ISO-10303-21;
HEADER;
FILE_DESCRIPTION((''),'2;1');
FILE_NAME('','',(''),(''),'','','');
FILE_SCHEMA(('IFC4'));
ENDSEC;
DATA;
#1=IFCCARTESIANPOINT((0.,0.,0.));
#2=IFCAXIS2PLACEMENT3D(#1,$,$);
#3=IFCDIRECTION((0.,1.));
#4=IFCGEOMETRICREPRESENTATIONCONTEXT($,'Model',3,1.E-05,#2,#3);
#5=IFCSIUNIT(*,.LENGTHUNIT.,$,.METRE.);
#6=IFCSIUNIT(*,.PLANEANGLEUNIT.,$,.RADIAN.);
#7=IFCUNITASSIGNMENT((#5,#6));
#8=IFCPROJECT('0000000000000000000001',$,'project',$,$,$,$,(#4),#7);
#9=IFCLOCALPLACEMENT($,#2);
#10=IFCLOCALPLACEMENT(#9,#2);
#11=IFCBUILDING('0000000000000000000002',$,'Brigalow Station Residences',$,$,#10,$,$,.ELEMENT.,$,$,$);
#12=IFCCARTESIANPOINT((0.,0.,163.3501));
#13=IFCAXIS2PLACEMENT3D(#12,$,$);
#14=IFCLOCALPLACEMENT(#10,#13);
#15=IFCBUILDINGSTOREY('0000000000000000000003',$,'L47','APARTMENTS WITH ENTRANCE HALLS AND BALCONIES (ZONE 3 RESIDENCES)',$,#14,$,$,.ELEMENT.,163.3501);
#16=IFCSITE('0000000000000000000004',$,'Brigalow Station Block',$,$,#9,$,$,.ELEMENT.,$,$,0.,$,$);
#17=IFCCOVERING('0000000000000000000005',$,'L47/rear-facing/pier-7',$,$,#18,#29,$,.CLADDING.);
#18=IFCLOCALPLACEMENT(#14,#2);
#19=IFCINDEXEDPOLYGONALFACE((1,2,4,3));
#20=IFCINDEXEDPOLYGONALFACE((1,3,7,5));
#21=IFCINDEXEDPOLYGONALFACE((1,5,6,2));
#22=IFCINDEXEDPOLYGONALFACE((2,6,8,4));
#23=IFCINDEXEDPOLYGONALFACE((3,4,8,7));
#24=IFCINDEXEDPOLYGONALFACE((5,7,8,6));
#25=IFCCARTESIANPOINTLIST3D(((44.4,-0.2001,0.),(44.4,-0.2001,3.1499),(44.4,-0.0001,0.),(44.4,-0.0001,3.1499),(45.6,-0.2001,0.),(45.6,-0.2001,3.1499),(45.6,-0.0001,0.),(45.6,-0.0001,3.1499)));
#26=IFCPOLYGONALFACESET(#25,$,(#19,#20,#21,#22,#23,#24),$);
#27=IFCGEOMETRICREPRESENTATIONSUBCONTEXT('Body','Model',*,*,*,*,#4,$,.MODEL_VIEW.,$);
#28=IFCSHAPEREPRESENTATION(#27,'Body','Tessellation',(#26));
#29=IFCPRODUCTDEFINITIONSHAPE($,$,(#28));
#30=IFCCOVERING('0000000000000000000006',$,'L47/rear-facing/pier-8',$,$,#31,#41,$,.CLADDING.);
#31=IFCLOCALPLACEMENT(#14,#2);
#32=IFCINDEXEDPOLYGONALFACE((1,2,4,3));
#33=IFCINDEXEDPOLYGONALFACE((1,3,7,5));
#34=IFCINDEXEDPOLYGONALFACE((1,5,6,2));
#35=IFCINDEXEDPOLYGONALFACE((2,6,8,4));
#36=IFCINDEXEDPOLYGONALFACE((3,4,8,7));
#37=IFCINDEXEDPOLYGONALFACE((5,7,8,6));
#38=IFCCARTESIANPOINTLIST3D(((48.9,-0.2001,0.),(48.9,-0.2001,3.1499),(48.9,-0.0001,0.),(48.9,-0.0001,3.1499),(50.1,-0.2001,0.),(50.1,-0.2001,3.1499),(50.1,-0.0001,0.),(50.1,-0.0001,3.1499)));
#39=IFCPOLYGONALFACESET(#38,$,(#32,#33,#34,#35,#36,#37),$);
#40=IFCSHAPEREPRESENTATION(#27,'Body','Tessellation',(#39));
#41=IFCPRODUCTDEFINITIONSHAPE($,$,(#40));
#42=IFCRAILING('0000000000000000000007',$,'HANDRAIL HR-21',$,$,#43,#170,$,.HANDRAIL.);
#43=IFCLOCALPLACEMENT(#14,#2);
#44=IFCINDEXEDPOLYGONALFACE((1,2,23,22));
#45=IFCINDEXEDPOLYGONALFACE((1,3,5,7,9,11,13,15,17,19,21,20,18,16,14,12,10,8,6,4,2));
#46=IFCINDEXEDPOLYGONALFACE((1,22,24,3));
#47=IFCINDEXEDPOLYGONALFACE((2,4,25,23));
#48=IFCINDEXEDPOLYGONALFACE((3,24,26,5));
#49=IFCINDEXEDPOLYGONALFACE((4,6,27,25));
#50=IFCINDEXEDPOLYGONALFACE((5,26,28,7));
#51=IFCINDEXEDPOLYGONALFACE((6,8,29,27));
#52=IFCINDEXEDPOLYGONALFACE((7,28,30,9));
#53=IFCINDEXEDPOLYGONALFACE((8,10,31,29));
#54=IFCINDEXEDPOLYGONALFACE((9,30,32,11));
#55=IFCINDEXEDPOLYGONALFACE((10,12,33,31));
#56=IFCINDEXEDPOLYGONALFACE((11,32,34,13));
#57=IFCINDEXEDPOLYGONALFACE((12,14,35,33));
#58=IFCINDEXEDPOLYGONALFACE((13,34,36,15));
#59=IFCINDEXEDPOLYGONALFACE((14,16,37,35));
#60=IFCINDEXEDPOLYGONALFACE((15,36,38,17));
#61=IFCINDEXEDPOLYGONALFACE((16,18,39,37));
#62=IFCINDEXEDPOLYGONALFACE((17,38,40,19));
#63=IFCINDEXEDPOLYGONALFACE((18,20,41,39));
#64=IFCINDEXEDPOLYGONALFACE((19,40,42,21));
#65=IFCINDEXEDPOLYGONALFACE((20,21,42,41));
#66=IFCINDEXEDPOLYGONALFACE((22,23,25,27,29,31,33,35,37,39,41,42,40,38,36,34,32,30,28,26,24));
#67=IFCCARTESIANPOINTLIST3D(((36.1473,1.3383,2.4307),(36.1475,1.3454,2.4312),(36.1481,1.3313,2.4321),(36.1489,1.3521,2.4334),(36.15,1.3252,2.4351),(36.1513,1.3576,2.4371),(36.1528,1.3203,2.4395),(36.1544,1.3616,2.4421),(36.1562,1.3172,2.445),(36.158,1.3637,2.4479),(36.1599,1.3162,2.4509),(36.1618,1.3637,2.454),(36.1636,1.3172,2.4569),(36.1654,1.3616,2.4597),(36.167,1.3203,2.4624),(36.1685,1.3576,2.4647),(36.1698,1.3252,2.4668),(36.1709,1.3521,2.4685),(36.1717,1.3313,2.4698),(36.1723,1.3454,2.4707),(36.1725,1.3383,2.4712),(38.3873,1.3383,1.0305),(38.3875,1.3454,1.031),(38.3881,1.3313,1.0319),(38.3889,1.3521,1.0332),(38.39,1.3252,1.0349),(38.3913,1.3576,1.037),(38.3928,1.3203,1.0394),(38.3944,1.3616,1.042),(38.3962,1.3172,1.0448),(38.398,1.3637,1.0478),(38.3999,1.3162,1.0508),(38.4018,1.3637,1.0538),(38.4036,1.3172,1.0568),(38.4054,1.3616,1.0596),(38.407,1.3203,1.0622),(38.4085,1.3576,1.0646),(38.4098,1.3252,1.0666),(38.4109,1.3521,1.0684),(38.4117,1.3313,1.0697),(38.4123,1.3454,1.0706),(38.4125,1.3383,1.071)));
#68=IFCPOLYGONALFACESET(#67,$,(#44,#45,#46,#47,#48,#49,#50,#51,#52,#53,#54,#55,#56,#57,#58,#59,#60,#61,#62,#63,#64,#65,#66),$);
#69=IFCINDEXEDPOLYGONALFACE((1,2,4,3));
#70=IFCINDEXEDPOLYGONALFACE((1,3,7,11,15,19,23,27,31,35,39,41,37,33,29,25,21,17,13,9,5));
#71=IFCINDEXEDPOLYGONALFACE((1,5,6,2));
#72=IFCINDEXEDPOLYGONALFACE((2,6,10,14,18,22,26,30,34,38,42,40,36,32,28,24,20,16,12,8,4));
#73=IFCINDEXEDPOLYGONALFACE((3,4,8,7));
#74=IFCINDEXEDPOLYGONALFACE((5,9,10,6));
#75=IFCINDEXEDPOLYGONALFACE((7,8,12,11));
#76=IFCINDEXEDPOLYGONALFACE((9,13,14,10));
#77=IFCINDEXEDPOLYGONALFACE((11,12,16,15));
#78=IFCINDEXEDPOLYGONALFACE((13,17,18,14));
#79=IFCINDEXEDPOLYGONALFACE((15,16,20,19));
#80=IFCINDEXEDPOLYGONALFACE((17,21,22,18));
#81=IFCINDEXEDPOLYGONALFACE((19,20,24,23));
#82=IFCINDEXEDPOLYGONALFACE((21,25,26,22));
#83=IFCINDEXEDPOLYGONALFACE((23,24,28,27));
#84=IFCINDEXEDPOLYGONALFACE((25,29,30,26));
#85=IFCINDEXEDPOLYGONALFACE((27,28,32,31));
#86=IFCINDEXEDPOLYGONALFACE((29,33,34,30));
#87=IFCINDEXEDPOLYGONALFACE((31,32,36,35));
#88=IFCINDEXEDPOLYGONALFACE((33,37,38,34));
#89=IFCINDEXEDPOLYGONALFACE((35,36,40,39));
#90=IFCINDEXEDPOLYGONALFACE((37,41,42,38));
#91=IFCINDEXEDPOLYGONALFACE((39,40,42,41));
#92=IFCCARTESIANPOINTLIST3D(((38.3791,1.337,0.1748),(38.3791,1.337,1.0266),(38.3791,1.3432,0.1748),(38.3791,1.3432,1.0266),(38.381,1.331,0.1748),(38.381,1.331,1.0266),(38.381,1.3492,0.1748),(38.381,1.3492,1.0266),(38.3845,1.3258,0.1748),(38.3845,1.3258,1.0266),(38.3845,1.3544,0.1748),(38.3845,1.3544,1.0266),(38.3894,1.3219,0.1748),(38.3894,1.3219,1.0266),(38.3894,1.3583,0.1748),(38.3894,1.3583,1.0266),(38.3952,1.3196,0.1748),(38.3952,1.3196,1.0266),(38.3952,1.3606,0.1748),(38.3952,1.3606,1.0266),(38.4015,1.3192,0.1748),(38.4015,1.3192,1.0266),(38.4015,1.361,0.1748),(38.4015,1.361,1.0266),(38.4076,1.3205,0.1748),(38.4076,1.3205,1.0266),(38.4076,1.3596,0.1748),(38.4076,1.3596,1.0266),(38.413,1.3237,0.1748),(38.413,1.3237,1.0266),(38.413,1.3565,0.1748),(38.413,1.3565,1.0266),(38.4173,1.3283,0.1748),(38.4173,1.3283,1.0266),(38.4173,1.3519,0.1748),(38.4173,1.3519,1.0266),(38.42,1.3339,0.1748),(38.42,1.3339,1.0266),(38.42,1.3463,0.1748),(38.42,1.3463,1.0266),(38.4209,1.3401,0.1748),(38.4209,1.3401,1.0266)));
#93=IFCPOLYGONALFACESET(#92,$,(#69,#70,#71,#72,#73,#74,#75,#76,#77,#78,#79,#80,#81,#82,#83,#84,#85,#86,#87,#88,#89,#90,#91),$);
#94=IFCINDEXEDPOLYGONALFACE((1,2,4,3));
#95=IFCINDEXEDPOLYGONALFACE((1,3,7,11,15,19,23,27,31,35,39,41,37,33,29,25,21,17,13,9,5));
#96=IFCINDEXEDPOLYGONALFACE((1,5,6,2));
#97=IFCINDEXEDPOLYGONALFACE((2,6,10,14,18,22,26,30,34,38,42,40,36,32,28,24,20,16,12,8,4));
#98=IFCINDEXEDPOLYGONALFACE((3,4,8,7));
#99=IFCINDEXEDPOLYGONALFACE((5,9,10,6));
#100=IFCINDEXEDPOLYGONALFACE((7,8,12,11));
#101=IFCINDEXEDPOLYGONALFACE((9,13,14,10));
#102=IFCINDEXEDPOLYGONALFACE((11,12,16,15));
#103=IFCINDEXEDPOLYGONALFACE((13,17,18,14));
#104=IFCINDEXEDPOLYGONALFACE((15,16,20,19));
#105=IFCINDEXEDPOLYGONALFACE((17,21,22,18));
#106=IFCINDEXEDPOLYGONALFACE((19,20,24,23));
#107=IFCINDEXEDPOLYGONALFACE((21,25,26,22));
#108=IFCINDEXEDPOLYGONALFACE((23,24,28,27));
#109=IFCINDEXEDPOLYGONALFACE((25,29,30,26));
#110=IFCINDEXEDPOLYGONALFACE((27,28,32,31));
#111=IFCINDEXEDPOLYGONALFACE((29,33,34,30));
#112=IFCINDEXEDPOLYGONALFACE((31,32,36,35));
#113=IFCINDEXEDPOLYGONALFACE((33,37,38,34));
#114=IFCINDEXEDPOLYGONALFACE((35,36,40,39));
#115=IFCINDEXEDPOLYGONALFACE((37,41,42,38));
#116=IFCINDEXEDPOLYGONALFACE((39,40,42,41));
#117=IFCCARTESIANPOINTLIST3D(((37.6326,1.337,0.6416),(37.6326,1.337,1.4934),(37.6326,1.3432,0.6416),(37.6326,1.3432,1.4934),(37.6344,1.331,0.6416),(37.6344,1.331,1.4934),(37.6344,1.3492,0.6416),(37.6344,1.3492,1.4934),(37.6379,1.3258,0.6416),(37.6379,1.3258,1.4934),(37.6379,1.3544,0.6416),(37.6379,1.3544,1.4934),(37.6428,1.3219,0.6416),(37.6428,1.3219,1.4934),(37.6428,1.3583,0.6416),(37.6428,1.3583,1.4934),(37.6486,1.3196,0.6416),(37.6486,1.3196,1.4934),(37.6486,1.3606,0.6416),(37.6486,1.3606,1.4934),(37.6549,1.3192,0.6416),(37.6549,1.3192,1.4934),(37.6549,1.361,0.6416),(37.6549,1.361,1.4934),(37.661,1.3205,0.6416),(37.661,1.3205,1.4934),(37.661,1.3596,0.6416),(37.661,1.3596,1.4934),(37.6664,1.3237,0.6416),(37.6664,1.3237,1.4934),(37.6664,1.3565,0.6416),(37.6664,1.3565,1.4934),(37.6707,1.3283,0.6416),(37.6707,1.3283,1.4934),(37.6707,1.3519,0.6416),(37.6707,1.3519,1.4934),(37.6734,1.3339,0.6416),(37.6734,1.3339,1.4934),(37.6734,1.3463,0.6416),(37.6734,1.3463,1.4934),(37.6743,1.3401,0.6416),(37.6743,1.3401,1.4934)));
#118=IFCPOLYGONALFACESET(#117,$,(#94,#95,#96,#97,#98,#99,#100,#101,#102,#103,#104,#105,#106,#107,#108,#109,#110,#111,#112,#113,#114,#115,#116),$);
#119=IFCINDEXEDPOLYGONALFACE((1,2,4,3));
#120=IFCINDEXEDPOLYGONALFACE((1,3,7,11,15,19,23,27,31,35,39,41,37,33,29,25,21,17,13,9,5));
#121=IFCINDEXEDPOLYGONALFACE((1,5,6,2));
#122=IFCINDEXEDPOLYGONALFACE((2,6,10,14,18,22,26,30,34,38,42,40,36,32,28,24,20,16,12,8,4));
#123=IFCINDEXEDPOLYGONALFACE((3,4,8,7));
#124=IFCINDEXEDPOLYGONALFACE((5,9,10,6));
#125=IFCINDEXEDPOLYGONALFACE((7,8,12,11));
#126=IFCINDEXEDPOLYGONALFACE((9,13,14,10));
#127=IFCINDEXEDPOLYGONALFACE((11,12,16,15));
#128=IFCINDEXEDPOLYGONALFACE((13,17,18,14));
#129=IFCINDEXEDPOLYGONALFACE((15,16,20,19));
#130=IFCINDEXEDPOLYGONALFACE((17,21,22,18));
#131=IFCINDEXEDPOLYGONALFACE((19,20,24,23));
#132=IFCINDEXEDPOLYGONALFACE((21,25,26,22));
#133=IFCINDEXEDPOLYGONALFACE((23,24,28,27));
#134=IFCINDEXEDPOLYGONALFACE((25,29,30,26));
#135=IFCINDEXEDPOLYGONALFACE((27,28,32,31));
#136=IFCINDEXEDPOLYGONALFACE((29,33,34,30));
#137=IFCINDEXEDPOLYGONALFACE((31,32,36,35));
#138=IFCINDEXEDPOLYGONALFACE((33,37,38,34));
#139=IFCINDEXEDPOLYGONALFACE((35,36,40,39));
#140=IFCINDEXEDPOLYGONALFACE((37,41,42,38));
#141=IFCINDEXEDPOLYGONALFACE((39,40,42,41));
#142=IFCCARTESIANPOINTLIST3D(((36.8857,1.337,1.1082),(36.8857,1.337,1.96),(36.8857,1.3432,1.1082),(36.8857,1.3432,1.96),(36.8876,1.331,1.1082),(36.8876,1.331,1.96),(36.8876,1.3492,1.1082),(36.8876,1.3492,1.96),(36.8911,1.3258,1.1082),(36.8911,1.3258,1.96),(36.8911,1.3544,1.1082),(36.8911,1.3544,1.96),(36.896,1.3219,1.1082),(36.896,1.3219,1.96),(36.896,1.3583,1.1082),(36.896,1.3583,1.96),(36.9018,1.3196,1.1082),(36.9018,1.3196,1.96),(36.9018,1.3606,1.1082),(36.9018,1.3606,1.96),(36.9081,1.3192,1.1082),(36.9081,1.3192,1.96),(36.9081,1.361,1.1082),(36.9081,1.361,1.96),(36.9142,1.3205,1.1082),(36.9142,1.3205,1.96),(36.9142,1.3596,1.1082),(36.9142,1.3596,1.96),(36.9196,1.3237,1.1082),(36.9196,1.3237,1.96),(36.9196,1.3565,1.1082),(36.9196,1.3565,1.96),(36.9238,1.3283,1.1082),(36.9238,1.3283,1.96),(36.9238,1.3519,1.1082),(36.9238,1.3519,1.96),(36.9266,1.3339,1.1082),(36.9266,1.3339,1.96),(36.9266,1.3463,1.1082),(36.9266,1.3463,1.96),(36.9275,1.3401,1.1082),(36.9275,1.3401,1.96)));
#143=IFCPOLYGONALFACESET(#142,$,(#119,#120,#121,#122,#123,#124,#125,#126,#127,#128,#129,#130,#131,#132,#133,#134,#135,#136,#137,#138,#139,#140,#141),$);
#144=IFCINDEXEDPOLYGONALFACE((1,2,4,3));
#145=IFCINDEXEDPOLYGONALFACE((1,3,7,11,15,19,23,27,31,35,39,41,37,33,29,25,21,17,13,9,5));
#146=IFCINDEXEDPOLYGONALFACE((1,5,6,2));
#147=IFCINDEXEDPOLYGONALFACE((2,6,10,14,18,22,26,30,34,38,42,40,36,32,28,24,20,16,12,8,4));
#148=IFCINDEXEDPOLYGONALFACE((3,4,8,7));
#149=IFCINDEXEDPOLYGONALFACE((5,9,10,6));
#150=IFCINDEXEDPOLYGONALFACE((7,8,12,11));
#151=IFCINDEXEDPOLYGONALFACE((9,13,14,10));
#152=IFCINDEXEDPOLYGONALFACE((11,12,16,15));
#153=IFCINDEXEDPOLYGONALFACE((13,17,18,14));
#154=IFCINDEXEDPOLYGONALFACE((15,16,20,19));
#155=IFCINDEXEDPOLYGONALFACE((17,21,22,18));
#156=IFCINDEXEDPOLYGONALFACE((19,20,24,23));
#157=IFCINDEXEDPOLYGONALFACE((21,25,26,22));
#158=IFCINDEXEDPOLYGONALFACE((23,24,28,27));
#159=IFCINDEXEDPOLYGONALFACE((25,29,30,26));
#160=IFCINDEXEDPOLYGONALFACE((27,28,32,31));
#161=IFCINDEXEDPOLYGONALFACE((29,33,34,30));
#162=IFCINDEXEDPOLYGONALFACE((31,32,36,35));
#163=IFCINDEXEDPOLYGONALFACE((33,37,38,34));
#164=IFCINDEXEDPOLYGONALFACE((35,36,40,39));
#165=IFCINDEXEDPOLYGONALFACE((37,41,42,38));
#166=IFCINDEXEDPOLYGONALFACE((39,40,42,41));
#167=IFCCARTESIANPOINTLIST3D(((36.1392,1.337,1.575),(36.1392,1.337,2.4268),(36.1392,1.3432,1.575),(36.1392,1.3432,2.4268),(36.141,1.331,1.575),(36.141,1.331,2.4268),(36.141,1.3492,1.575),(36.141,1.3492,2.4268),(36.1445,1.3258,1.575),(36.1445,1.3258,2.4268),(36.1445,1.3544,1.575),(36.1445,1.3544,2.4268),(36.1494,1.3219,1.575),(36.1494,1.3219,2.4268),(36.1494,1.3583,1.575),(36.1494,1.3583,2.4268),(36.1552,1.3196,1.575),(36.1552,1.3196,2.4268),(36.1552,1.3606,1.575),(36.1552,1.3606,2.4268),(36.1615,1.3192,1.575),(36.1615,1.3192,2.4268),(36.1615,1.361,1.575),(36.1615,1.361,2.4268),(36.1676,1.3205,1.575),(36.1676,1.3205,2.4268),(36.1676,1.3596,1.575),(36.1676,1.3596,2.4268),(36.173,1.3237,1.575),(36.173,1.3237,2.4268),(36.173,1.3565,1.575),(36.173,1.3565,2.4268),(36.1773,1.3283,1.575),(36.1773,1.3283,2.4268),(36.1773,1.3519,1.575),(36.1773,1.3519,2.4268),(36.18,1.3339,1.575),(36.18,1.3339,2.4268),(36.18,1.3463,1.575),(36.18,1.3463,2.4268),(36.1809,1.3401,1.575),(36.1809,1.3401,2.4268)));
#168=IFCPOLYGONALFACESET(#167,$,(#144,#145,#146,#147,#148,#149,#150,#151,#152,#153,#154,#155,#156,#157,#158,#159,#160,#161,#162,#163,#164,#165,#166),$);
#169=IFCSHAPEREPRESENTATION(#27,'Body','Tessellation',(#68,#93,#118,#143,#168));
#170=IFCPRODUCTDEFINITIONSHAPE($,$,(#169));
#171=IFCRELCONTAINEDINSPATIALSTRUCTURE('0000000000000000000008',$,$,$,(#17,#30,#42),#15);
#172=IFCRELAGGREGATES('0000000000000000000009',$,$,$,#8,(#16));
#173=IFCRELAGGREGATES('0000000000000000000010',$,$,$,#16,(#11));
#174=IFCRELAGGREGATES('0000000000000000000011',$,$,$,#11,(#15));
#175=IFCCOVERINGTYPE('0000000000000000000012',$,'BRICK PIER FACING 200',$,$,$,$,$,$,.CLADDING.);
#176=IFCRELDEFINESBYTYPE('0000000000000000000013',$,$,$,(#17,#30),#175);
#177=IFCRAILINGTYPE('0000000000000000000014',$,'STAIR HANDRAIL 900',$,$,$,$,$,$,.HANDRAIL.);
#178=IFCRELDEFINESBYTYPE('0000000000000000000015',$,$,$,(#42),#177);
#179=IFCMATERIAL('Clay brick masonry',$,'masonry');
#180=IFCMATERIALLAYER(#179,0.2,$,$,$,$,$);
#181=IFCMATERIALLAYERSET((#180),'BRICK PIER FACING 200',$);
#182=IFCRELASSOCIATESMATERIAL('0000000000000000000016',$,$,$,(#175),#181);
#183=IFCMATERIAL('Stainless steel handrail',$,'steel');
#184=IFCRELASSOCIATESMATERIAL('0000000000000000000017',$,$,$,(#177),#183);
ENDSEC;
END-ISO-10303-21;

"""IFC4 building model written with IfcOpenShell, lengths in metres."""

from ifc_helpers import new_model, si_unit, direction, frame, origin, origin_2d, place, context, subcontext, project, spatial, rectangle, circle, extrude, material, layer, layer_set, type_object, element, save


model = new_model("IFC4")

# Units and contexts
model_context = context("Model", 3, precision=1e-05, world=origin(), true_north=direction((0.0, 1.0)))
body_context = subcontext(model_context, "Body", "Model", "MODEL_VIEW")
ifc_project = project(units=[si_unit("LENGTHUNIT", "METRE"), si_unit("PLANEANGLEUNIT", "RADIAN")], contexts=[model_context])

# Site, building, storey
site_placement = place(None, origin())
site = spatial("IfcSite", under=ifc_project, at=site_placement, Name="Brigalow Station Block", CompositionType="ELEMENT", RefElevation=0.0)
building_placement = place(site_placement, origin())
building = spatial("IfcBuilding", under=site, at=building_placement, Name="Brigalow Station Residences", CompositionType="ELEMENT")
storey_placement = place(building_placement, frame((0.0, 0.0, 163.3501)))
storey = spatial("IfcBuildingStorey", under=building, at=storey_placement, Name="L47", Description="APARTMENTS WITH ENTRANCE HALLS AND BALCONIES (ZONE 3 RESIDENCES)", CompositionType="ELEMENT", Elevation=163.3501)

# Coverings
ifc_material_1 = material(Name="Clay brick masonry", Category="masonry")
ifc_layer_1 = layer(ifc_material_1, 0.2)
ifc_layer_set_1 = layer_set([ifc_layer_1], Name="BRICK PIER FACING 200")
covering_type_1 = type_object("IfcCoveringType", Name="BRICK PIER FACING 200", PredefinedType="CLADDING", material=ifc_layer_set_1)
for number, where, z_axis, x_axis, name in (
    (1, (45.0, -0.1001, 0.0), (0.0, 0.0, 1.0), (1.0, 0.0, 0.0), "L47/rear-facing/pier-7"),
    (2, (49.5, -0.1001, 0.0), (0.0, 0.0, 1.0), (1.0, 0.0, 0.0), "L47/rear-facing/pier-8"),
):
    element("IfcCovering", number, at=place(storey_placement, frame(where, z_axis=z_axis, x_axis=x_axis)), inside=storey, type_object=covering_type_1, Name=name, PredefinedType="CLADDING", context=body_context, shape_type="SweptSolid", body=[
        extrude(rectangle(XDim=1.2, YDim=0.2, at=origin_2d()), origin(), (0.0, 0.0, 1.0), 3.1499),
    ])

# Railing
ifc_material_2 = material(Name="Stainless steel handrail", Category="steel")
railing_type_1 = type_object("IfcRailingType", Name="STAIR HANDRAIL 900", PredefinedType="HANDRAIL", material=ifc_material_2)
railing_1_placement = place(storey_placement, frame((38.3999, 1.3401, 0.1748)))
element("IfcRailing", 3, at=railing_1_placement, inside=storey, type_object=railing_type_1, Name="HANDRAIL HR-21", PredefinedType="HANDRAIL", context=body_context, shape_type="SweptSolid", body=[
    extrude(circle(Radius=0.0239, at=origin_2d()), frame((0.0, 0.0, 0.876), z_axis=(-0.847972, 0.0, 0.53004), x_axis=(0.0, -1.0, 0.0)), (0.0, 0.0, 1.0), 2.6416),
    extrude(circle(Radius=0.021, at=origin_2d()), origin(), (0.0, 0.0, 1.0), 0.8518),
    extrude(circle(Radius=0.021, at=origin_2d()), frame((-0.7466, 0.0, 0.4668)), (0.0, 0.0, 1.0), 0.8518),
    extrude(circle(Radius=0.021, at=origin_2d()), frame((-1.4934, 0.0, 0.9333)), (0.0, 0.0, 1.0), 0.8518),
    extrude(circle(Radius=0.021, at=origin_2d()), frame((-2.24, 0.0, 1.4001)), (0.0, 0.0, 1.0), 0.8518),
])

save(model, "model.ifc")
